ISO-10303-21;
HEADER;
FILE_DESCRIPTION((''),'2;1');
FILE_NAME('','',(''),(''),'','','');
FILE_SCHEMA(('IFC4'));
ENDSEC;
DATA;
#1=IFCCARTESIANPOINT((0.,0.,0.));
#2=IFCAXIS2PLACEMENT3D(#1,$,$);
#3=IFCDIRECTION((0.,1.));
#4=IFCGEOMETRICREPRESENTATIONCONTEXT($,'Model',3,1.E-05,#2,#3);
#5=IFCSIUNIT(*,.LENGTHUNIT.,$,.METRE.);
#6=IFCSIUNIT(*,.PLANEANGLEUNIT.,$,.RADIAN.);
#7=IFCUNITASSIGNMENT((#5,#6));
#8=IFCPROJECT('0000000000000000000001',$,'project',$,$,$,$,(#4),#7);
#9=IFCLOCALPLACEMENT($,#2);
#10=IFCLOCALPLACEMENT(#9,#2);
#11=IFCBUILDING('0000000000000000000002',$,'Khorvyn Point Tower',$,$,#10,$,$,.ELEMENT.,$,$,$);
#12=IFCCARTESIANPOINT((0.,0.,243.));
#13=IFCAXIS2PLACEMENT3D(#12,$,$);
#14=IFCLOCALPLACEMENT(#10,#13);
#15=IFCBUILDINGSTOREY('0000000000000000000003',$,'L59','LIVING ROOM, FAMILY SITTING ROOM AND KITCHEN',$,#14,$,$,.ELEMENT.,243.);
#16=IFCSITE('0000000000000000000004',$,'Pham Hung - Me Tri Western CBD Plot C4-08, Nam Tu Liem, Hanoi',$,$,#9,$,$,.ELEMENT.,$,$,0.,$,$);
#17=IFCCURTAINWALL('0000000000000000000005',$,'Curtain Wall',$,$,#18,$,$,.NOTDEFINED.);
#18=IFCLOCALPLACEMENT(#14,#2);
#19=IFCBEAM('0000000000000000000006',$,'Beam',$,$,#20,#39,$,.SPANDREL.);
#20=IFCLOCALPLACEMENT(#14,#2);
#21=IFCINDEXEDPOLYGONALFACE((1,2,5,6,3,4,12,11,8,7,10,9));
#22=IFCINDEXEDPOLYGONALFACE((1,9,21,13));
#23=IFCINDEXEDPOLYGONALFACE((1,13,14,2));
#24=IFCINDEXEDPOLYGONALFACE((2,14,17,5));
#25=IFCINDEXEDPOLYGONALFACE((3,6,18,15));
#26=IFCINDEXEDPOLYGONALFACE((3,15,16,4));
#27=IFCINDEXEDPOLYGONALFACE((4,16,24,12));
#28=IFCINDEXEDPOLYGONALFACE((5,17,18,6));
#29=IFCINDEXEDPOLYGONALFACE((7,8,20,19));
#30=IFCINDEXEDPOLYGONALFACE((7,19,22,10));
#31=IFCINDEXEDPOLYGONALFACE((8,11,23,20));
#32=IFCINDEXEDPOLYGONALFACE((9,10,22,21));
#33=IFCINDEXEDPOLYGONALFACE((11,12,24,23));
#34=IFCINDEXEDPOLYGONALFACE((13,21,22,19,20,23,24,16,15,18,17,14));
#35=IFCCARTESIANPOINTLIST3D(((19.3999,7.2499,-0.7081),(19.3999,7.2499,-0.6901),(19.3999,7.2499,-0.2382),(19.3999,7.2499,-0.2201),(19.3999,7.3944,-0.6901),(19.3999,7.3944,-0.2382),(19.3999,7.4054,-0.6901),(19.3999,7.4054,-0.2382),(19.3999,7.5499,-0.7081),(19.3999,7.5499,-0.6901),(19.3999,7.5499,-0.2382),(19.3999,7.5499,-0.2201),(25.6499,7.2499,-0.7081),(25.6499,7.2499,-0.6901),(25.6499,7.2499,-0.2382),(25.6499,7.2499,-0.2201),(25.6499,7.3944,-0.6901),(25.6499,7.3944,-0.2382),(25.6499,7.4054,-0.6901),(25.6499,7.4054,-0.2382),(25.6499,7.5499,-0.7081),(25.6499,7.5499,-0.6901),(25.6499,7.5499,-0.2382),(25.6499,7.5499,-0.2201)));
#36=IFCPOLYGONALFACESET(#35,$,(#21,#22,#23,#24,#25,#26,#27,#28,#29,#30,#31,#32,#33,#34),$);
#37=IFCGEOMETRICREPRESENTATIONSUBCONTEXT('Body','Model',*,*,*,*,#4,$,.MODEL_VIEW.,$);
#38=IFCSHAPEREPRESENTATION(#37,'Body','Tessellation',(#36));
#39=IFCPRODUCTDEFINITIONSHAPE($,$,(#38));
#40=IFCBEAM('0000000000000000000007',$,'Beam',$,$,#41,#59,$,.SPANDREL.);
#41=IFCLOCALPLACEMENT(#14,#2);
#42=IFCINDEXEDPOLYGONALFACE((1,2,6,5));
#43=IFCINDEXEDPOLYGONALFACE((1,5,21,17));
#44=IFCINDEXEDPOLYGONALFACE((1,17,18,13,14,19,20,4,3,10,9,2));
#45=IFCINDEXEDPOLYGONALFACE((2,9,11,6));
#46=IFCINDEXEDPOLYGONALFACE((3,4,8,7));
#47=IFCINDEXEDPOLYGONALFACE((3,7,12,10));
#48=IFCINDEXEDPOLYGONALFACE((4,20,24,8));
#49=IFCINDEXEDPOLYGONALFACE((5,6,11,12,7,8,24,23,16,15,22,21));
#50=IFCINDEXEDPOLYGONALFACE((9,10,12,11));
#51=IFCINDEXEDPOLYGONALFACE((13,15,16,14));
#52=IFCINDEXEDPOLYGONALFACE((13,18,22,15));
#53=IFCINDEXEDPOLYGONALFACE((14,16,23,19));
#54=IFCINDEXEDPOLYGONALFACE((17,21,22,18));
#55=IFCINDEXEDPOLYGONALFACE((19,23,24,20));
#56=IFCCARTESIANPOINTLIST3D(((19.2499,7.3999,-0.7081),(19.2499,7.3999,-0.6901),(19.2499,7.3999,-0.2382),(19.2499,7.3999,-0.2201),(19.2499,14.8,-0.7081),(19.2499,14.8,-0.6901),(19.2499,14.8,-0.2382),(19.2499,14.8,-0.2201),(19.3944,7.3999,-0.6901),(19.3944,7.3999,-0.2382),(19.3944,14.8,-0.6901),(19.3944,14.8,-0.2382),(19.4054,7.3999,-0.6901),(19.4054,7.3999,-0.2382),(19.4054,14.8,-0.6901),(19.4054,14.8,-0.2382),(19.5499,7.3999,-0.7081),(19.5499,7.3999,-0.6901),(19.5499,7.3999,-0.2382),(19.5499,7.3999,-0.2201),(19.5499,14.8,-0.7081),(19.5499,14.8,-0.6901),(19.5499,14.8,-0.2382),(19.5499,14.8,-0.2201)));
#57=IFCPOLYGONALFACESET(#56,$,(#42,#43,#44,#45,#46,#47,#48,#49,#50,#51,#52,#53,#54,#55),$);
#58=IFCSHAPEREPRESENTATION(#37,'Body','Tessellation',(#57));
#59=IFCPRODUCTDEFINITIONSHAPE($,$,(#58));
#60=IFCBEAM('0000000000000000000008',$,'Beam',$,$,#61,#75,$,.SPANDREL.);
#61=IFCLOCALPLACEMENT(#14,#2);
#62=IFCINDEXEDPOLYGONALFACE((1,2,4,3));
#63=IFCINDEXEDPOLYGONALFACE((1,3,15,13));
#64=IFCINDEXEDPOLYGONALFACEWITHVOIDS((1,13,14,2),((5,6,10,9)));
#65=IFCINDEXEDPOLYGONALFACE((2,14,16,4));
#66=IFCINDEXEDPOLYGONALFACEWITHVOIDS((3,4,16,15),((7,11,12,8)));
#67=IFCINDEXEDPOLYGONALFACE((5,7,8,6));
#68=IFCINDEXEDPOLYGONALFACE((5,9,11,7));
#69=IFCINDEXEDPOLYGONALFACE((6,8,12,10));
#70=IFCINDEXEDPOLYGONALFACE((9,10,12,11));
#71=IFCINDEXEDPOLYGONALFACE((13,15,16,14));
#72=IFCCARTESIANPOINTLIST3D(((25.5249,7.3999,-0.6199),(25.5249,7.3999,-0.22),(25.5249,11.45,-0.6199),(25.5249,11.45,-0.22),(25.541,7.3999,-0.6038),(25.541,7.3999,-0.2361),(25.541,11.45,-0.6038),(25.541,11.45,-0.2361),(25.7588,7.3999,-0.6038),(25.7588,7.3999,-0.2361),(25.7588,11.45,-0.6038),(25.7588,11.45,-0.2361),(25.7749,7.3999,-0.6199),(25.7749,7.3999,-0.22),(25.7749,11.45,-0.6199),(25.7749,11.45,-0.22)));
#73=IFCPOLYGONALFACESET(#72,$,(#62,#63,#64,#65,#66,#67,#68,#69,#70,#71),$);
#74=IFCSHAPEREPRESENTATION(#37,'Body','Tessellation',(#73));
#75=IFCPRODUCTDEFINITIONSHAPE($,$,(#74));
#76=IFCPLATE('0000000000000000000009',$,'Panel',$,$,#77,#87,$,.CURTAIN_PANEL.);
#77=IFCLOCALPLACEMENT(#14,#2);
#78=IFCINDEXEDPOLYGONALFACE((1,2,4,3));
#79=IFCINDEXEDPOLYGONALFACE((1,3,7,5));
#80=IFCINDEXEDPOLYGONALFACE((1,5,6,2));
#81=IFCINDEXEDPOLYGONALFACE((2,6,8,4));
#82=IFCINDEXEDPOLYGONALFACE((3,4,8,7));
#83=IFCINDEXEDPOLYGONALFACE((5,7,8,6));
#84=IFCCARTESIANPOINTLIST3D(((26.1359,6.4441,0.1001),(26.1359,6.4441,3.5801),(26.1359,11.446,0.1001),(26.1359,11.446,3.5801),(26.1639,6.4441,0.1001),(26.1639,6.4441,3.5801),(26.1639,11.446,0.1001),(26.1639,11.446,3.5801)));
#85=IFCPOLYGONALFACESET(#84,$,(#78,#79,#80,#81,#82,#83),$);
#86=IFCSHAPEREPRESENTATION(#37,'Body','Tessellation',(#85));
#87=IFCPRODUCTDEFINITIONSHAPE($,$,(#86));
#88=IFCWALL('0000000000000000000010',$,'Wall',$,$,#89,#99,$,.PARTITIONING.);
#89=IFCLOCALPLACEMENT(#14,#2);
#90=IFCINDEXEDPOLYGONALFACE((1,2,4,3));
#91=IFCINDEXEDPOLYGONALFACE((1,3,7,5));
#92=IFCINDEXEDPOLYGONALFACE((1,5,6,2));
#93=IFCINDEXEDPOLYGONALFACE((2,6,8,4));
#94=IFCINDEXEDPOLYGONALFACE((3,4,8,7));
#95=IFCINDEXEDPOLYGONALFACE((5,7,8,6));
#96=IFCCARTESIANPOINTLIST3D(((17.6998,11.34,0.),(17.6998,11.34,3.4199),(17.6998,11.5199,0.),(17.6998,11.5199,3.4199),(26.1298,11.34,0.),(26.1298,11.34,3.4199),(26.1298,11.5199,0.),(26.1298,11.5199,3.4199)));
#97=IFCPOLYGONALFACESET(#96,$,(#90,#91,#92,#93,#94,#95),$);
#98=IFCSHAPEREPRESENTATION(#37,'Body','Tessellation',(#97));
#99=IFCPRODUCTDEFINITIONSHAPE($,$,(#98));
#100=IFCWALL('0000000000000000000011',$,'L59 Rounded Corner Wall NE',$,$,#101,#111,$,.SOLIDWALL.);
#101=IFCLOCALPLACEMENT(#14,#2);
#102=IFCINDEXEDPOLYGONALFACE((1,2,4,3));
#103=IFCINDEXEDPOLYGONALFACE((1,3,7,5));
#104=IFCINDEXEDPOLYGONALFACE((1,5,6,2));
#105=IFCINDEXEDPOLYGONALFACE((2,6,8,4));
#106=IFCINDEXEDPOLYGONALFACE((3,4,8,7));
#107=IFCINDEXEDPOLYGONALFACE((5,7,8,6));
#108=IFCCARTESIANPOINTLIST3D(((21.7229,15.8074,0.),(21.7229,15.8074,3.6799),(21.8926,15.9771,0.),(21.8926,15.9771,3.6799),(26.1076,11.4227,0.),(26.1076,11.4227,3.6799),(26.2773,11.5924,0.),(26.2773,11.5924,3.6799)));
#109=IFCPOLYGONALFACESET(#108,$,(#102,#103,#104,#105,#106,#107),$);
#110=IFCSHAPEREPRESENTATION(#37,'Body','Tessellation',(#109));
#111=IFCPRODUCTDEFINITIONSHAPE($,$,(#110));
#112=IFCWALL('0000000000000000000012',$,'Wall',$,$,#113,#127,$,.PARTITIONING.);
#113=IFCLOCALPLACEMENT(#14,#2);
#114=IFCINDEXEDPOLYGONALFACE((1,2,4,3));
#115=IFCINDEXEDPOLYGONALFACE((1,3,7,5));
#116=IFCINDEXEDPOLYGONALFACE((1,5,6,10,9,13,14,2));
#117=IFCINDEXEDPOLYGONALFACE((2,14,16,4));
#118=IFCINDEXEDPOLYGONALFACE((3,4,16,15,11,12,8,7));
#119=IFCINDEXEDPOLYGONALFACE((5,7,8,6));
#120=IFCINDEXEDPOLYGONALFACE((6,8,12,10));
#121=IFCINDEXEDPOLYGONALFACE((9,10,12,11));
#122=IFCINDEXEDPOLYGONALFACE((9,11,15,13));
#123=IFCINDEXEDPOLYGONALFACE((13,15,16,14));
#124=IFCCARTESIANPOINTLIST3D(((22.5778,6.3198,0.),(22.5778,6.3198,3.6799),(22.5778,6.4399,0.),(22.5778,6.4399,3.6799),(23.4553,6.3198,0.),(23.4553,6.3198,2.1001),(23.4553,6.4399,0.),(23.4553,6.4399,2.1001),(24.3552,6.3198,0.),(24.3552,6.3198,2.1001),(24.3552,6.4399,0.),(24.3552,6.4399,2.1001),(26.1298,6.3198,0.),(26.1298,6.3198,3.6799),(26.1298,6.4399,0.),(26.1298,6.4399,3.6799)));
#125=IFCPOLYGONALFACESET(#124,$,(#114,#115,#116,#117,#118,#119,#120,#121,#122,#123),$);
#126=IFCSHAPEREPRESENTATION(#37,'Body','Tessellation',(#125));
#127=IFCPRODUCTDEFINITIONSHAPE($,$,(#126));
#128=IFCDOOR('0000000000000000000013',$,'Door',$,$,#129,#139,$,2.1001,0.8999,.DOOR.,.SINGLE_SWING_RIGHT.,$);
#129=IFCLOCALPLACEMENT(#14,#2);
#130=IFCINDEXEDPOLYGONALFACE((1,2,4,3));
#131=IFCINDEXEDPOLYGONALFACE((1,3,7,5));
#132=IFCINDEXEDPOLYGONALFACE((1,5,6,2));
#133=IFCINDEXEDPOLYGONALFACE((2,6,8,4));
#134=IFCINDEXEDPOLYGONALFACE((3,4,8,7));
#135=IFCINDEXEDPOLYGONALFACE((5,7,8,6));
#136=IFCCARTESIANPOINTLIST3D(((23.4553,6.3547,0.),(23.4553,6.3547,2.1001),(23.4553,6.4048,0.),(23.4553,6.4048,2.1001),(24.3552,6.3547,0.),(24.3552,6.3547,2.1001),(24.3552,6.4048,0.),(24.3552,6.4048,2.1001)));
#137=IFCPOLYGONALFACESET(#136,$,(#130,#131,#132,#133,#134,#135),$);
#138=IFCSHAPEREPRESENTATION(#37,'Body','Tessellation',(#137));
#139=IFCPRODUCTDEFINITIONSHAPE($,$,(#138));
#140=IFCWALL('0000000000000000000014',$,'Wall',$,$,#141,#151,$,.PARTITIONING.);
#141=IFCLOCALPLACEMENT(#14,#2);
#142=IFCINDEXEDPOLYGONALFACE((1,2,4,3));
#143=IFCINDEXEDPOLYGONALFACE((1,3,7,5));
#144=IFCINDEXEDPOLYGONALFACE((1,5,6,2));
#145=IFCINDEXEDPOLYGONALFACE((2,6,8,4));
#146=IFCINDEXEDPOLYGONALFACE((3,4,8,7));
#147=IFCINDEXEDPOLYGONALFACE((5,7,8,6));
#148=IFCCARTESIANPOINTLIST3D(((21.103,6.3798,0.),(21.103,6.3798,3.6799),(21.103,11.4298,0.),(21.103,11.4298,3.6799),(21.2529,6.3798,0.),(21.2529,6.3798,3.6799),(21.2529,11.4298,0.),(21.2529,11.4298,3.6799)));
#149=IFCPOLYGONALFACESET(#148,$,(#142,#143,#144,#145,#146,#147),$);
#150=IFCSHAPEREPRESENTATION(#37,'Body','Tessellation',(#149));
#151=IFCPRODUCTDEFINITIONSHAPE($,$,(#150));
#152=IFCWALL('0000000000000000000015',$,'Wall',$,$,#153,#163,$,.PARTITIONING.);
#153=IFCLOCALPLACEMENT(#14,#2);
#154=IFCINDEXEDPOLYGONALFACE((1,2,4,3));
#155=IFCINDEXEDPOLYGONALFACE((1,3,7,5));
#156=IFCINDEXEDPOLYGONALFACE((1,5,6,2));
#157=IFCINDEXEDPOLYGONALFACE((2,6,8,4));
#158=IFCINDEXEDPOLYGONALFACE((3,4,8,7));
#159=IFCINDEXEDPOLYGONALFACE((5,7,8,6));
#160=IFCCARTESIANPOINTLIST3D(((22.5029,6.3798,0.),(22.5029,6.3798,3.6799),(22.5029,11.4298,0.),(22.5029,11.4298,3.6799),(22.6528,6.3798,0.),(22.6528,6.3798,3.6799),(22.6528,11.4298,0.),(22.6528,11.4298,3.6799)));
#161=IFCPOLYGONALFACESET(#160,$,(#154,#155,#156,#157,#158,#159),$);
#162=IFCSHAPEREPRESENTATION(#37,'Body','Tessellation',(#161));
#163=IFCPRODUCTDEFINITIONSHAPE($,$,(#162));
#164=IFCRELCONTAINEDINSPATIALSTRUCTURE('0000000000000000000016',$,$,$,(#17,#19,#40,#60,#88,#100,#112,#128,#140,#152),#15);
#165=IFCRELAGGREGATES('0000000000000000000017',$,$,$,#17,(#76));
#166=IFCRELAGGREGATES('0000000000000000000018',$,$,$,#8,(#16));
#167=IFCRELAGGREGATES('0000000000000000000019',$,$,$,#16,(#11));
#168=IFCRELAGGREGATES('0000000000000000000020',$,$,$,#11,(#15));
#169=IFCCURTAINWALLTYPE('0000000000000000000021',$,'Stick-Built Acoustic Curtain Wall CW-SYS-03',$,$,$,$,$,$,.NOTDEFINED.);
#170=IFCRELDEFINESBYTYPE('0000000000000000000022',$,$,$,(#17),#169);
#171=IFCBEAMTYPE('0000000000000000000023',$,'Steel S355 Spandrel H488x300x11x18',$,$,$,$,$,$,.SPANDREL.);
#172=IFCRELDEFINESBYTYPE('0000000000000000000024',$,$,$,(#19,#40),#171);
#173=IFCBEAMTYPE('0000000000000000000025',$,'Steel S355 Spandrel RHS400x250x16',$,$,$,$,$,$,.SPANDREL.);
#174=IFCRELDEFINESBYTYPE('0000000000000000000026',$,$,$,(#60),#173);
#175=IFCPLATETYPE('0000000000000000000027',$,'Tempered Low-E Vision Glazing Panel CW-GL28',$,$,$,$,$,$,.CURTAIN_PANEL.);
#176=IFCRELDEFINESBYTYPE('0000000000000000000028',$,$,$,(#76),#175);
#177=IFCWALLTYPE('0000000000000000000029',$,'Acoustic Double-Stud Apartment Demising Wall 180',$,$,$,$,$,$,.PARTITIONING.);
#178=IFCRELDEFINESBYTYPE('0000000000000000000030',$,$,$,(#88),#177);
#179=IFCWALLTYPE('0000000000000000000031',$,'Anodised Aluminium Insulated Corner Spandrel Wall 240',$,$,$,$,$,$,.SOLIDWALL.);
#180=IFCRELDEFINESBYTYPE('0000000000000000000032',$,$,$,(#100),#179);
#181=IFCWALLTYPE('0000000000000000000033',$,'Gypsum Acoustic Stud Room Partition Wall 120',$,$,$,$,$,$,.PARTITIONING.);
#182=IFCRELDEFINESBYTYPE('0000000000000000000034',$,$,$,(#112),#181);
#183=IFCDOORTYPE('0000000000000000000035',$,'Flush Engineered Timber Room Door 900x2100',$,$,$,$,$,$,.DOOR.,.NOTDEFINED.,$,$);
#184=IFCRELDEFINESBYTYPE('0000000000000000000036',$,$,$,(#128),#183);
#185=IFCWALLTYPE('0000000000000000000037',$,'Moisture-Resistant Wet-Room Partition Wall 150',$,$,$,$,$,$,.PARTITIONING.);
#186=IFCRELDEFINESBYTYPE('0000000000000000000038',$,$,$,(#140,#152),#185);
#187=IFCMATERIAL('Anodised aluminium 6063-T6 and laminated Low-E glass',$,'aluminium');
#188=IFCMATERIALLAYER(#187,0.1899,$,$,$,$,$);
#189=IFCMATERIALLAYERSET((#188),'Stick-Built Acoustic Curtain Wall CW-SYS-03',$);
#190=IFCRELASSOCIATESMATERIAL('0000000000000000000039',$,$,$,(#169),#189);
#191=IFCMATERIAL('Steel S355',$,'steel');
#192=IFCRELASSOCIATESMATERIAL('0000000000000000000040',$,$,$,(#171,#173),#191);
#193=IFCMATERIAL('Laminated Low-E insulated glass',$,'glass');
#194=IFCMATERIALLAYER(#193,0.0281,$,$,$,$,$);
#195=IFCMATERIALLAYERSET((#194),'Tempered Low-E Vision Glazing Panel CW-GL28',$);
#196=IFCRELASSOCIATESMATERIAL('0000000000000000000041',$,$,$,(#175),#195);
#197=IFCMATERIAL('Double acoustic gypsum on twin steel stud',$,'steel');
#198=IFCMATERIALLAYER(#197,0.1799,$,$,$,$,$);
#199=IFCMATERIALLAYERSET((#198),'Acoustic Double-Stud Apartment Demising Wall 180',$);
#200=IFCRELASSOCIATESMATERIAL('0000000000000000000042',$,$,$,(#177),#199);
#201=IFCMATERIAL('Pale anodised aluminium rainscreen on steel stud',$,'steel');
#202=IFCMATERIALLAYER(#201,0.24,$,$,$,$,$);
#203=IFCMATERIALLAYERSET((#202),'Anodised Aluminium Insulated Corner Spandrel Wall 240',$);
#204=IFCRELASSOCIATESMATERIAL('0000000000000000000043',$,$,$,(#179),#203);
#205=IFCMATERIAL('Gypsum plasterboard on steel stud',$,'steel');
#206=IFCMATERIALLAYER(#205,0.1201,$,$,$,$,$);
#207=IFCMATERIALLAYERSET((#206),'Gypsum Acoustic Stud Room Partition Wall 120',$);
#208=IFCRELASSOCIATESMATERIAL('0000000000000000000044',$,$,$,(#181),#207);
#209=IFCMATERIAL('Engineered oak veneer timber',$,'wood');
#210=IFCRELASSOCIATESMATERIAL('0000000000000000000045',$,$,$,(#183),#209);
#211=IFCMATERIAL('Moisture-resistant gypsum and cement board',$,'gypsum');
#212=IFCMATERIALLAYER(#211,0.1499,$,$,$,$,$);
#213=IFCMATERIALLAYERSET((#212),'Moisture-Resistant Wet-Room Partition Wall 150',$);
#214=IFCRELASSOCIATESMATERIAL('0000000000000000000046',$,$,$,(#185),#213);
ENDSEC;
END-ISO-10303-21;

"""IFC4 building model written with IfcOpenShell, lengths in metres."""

from ifc_helpers import new_model, si_unit, direction, frame, frame_2d, origin, origin_2d, place, context, subcontext, project, spatial, rectangle, hollow_rectangle, i_section, extrude, material, layer, layer_set, material_profile, profile_set, type_object, element, fill, aggregate, save


model = new_model("IFC4")

# Units and contexts
model_context = context("Model", 3, precision=1e-05, world=origin(), true_north=direction((0.0, 1.0)))
body_context = subcontext(model_context, "Body", "Model", "MODEL_VIEW")
ifc_project = project(units=[si_unit("LENGTHUNIT", "METRE"), si_unit("PLANEANGLEUNIT", "RADIAN")], contexts=[model_context])

# Site, building, storey
site_placement = place(None, origin())
site = spatial("IfcSite", under=ifc_project, at=site_placement, Name="Pham Hung - Me Tri Western CBD Plot C4-08, Nam Tu Liem, Hanoi", CompositionType="ELEMENT", RefElevation=0.0)
building_placement = place(site_placement, origin())
building = spatial("IfcBuilding", under=site, at=building_placement, Name="Khorvyn Point Tower", CompositionType="ELEMENT")
storey_placement = place(building_placement, frame((0.0, 0.0, 243.0)))
storey = spatial("IfcBuildingStorey", under=building, at=storey_placement, Name="L59", Description="LIVING ROOM, FAMILY SITTING ROOM AND KITCHEN", CompositionType="ELEMENT", Elevation=243.0)

# Shared definitions
ifc_material_1 = material(Name="Anodised aluminium 6063-T6 and laminated Low-E glass", Category="aluminium")
ifc_layer_1 = layer(ifc_material_1, 0.1899)
ifc_layer_set_1 = layer_set([ifc_layer_1], Name="Stick-Built Acoustic Curtain Wall CW-SYS-03")
curtain_wall_type = type_object("IfcCurtainWallType", Name="Stick-Built Acoustic Curtain Wall CW-SYS-03", PredefinedType="NOTDEFINED", material=ifc_layer_set_1)

# Curtain wall
curtain_wall_1_placement = place(storey_placement, origin())
curtain_wall_1 = element("IfcCurtainWall", 1, at=curtain_wall_1_placement, inside=storey, type_object=curtain_wall_type, Name="Curtain Wall", PredefinedType="NOTDEFINED")

# Beams
ifc_material_2 = material(Name="Steel S355", Category="steel")
ifc_material_profile_1 = material_profile(ifc_material_2, i_section(OverallWidth=0.3, OverallDepth=0.488, WebThickness=0.011, FlangeThickness=0.0181, at=origin_2d()))
ifc_profile_set_1 = profile_set([ifc_material_profile_1], Name="Steel S355 H488x300x11x18")
beam_type_1 = type_object("IfcBeamType", Name="Steel S355 Spandrel H488x300x11x18", PredefinedType="SPANDREL", material=ifc_profile_set_1)
beam_1_placement = place(storey_placement, frame((19.3999, 7.3999, -0.4641), z_axis=(1.0, 0.0, 0.0), x_axis=(0.0, 1.0, 0.0)))
element("IfcBeam", 2, at=beam_1_placement, inside=storey, type_object=beam_type_1, Name="Beam", PredefinedType="SPANDREL", context=body_context, shape_type="SweptSolid", body=[
    extrude(i_section(OverallWidth=0.3, OverallDepth=0.488, WebThickness=0.011, FlangeThickness=0.0181, at=origin_2d()), origin(), (0.0, 0.0, 1.0), 6.25),
])
beam_2_placement = place(storey_placement, frame((19.3999, 7.3999, -0.4641), z_axis=(0.0, 1.0, 0.0), x_axis=(-1.0, 0.0, 0.0)))
element("IfcBeam", 3, at=beam_2_placement, inside=storey, type_object=beam_type_1, Name="Beam", PredefinedType="SPANDREL", context=body_context, shape_type="SweptSolid", body=[
    extrude(i_section(OverallWidth=0.3, OverallDepth=0.488, WebThickness=0.011, FlangeThickness=0.0181, at=origin_2d()), origin(), (0.0, 0.0, 1.0), 7.4001),
])
ifc_material_profile_2 = material_profile(ifc_material_2, hollow_rectangle(XDim=0.25, YDim=0.3999, WallThickness=0.0161, at=origin_2d()))
ifc_profile_set_2 = profile_set([ifc_material_profile_2], Name="Steel S355 RHS400x250x16")
beam_type_2 = type_object("IfcBeamType", Name="Steel S355 Spandrel RHS400x250x16", PredefinedType="SPANDREL", material=ifc_profile_set_2)
beam_3_placement = place(storey_placement, frame((25.6499, 7.3999, -0.4199), z_axis=(0.0, 1.0, 0.0), x_axis=(-1.0, 0.0, 0.0)))
element("IfcBeam", 4, at=beam_3_placement, inside=storey, type_object=beam_type_2, Name="Beam", PredefinedType="SPANDREL", context=body_context, shape_type="SweptSolid", body=[
    extrude(hollow_rectangle(XDim=0.25, YDim=0.3999, WallThickness=0.0161, at=origin_2d()), origin(), (0.0, 0.0, 1.0), 4.05),
])

# Plate
ifc_material_3 = material(Name="Laminated Low-E insulated glass", Category="glass")
ifc_layer_2 = layer(ifc_material_3, 0.0281)
ifc_layer_set_2 = layer_set([ifc_layer_2], Name="Tempered Low-E Vision Glazing Panel CW-GL28")
plate_type = type_object("IfcPlateType", Name="Tempered Low-E Vision Glazing Panel CW-GL28", PredefinedType="CURTAIN_PANEL", material=ifc_layer_set_2)
plate_placement = place(storey_placement, frame((26.1499, 8.9451, 0.1001), z_axis=(0.0, 0.0, 1.0), x_axis=(0.0, -1.0, 0.0)))
plate = element("IfcPlate", 5, at=plate_placement, type_object=plate_type, Name="Panel", PredefinedType="CURTAIN_PANEL", context=body_context, shape_type="SweptSolid", body=[
    extrude(rectangle(XDim=5.002, YDim=0.0281, at=origin_2d()), origin(), (0.0, 0.0, 1.0), 3.48),
])
aggregate(curtain_wall_1, [plate])

# Walls
ifc_material_4 = material(Name="Double acoustic gypsum on twin steel stud", Category="steel")
ifc_layer_3 = layer(ifc_material_4, 0.1799)
ifc_layer_set_3 = layer_set([ifc_layer_3], Name="Acoustic Double-Stud Apartment Demising Wall 180")
wall_type_1 = type_object("IfcWallType", Name="Acoustic Double-Stud Apartment Demising Wall 180", PredefinedType="PARTITIONING", material=ifc_layer_set_3)
wall_1_placement = place(storey_placement, frame((17.7, 11.4299, 0.0), z_axis=(0.0, 0.0, 1.0), x_axis=(1.0, 0.0, 0.0)))
element("IfcWall", 6, at=wall_1_placement, inside=storey, type_object=wall_type_1, Name="Wall", PredefinedType="PARTITIONING", context=body_context, shape_type="SweptSolid", body=[
    extrude(rectangle(XDim=8.4299, YDim=0.1799, at=frame_2d((4.2148, 0.0))), origin(), (0.0, 0.0, 1.0), 3.4199),
])
ifc_material_5 = material(Name="Pale anodised aluminium rainscreen on steel stud", Category="steel")
ifc_layer_4 = layer(ifc_material_5, 0.24)
ifc_layer_set_4 = layer_set([ifc_layer_4], Name="Anodised Aluminium Insulated Corner Spandrel Wall 240")
wall_type_2 = type_object("IfcWallType", Name="Anodised Aluminium Insulated Corner Spandrel Wall 240", PredefinedType="SOLIDWALL", material=ifc_layer_set_4)
wall_2_placement = place(storey_placement, frame((21.8076, 15.8923, 0.0), z_axis=(0.0, 0.0, 1.0), x_axis=(0.707107, -0.707107, 0.0)))
element("IfcWall", 7, at=wall_2_placement, inside=storey, type_object=wall_type_2, Name="L59 Rounded Corner Wall NE", PredefinedType="SOLIDWALL", context=body_context, shape_type="SweptSolid", body=[
    extrude(rectangle(XDim=6.2009, YDim=0.24, at=frame_2d((3.1006, 0.0))), origin(), (0.0, 0.0, 1.0), 3.6799),
])

# Wall, opening, door
ifc_material_6 = material(Name="Gypsum plasterboard on steel stud", Category="steel")
ifc_layer_5 = layer(ifc_material_6, 0.1201)
ifc_layer_set_5 = layer_set([ifc_layer_5], Name="Gypsum Acoustic Stud Room Partition Wall 120")
wall_type_3 = type_object("IfcWallType", Name="Gypsum Acoustic Stud Room Partition Wall 120", PredefinedType="PARTITIONING", material=ifc_layer_set_5)
wall_3_placement = place(storey_placement, frame((22.5779, 6.3799, 0.0), z_axis=(0.0, 0.0, 1.0), x_axis=(1.0, 0.0, 0.0)))
wall_3 = element("IfcWall", 8, at=wall_3_placement, inside=storey, type_object=wall_type_3, Name="Wall", PredefinedType="PARTITIONING", context=body_context, shape_type="SweptSolid", body=[
    extrude(rectangle(XDim=3.552, YDim=0.1201, at=frame_2d((1.7759, 0.0))), origin(), (0.0, 0.0, 1.0), 3.6799),
])
opening_placement = place(wall_3_placement, frame((0.8774, 0.0, 0.0)))
opening = element("IfcOpeningElement", 9, at=opening_placement, cuts=wall_3, PredefinedType="OPENING", context=body_context, shape_type="SweptSolid", body=[
    extrude(rectangle(XDim=0.8999, YDim=2.1001, at=frame_2d((0.45, 1.05))), frame((0.0, 0.0701, 0.0), z_axis=(0.0, -1.0, 0.0), x_axis=(1.0, 0.0, 0.0)), (0.0, 0.0, 1.0), 0.1401),
])
ifc_material_7 = material(Name="Engineered oak veneer timber", Category="wood")
door_type = type_object("IfcDoorType", Name="Flush Engineered Timber Room Door 900x2100", OperationType="NOTDEFINED", PredefinedType="DOOR", material=ifc_material_7)
door_placement = place(opening_placement, origin())
door = element("IfcDoor", 10, at=door_placement, inside=storey, type_object=door_type, Name="Door", OperationType="SINGLE_SWING_RIGHT", OverallHeight=2.1001, OverallWidth=0.8999, PredefinedType="DOOR", context=body_context, shape_type="SweptSolid", body=[
    extrude(rectangle(XDim=0.8999, YDim=2.1001, at=frame_2d((0.45, 1.05))), frame((0.0, 0.0249, 0.0), z_axis=(0.0, -1.0, 0.0), x_axis=(1.0, 0.0, 0.0)), (0.0, 0.0, 1.0), 0.05),
])
fill(opening, door)

# Walls
ifc_material_8 = material(Name="Moisture-resistant gypsum and cement board", Category="gypsum")
ifc_layer_6 = layer(ifc_material_8, 0.1499)
ifc_layer_set_6 = layer_set([ifc_layer_6], Name="Moisture-Resistant Wet-Room Partition Wall 150")
wall_type_4 = type_object("IfcWallType", Name="Moisture-Resistant Wet-Room Partition Wall 150", PredefinedType="PARTITIONING", material=ifc_layer_set_6)
for number, where, z_axis, x_axis, name in (
    (11, (21.178, 6.3799, 0.0), (0.0, 0.0, 1.0), (0.0, 1.0, 0.0), "Wall"),
    (12, (22.5779, 6.3799, 0.0), (0.0, 0.0, 1.0), (0.0, 1.0, 0.0), "Wall"),
):
    element("IfcWall", number, at=place(storey_placement, frame(where, z_axis=z_axis, x_axis=x_axis)), inside=storey, type_object=wall_type_4, Name=name, PredefinedType="PARTITIONING", context=body_context, shape_type="SweptSolid", body=[
        extrude(rectangle(XDim=5.05, YDim=0.1499, at=frame_2d((2.5249, 0.0))), origin(), (0.0, 0.0, 1.0), 3.6799),
    ])

save(model, "model.ifc")
